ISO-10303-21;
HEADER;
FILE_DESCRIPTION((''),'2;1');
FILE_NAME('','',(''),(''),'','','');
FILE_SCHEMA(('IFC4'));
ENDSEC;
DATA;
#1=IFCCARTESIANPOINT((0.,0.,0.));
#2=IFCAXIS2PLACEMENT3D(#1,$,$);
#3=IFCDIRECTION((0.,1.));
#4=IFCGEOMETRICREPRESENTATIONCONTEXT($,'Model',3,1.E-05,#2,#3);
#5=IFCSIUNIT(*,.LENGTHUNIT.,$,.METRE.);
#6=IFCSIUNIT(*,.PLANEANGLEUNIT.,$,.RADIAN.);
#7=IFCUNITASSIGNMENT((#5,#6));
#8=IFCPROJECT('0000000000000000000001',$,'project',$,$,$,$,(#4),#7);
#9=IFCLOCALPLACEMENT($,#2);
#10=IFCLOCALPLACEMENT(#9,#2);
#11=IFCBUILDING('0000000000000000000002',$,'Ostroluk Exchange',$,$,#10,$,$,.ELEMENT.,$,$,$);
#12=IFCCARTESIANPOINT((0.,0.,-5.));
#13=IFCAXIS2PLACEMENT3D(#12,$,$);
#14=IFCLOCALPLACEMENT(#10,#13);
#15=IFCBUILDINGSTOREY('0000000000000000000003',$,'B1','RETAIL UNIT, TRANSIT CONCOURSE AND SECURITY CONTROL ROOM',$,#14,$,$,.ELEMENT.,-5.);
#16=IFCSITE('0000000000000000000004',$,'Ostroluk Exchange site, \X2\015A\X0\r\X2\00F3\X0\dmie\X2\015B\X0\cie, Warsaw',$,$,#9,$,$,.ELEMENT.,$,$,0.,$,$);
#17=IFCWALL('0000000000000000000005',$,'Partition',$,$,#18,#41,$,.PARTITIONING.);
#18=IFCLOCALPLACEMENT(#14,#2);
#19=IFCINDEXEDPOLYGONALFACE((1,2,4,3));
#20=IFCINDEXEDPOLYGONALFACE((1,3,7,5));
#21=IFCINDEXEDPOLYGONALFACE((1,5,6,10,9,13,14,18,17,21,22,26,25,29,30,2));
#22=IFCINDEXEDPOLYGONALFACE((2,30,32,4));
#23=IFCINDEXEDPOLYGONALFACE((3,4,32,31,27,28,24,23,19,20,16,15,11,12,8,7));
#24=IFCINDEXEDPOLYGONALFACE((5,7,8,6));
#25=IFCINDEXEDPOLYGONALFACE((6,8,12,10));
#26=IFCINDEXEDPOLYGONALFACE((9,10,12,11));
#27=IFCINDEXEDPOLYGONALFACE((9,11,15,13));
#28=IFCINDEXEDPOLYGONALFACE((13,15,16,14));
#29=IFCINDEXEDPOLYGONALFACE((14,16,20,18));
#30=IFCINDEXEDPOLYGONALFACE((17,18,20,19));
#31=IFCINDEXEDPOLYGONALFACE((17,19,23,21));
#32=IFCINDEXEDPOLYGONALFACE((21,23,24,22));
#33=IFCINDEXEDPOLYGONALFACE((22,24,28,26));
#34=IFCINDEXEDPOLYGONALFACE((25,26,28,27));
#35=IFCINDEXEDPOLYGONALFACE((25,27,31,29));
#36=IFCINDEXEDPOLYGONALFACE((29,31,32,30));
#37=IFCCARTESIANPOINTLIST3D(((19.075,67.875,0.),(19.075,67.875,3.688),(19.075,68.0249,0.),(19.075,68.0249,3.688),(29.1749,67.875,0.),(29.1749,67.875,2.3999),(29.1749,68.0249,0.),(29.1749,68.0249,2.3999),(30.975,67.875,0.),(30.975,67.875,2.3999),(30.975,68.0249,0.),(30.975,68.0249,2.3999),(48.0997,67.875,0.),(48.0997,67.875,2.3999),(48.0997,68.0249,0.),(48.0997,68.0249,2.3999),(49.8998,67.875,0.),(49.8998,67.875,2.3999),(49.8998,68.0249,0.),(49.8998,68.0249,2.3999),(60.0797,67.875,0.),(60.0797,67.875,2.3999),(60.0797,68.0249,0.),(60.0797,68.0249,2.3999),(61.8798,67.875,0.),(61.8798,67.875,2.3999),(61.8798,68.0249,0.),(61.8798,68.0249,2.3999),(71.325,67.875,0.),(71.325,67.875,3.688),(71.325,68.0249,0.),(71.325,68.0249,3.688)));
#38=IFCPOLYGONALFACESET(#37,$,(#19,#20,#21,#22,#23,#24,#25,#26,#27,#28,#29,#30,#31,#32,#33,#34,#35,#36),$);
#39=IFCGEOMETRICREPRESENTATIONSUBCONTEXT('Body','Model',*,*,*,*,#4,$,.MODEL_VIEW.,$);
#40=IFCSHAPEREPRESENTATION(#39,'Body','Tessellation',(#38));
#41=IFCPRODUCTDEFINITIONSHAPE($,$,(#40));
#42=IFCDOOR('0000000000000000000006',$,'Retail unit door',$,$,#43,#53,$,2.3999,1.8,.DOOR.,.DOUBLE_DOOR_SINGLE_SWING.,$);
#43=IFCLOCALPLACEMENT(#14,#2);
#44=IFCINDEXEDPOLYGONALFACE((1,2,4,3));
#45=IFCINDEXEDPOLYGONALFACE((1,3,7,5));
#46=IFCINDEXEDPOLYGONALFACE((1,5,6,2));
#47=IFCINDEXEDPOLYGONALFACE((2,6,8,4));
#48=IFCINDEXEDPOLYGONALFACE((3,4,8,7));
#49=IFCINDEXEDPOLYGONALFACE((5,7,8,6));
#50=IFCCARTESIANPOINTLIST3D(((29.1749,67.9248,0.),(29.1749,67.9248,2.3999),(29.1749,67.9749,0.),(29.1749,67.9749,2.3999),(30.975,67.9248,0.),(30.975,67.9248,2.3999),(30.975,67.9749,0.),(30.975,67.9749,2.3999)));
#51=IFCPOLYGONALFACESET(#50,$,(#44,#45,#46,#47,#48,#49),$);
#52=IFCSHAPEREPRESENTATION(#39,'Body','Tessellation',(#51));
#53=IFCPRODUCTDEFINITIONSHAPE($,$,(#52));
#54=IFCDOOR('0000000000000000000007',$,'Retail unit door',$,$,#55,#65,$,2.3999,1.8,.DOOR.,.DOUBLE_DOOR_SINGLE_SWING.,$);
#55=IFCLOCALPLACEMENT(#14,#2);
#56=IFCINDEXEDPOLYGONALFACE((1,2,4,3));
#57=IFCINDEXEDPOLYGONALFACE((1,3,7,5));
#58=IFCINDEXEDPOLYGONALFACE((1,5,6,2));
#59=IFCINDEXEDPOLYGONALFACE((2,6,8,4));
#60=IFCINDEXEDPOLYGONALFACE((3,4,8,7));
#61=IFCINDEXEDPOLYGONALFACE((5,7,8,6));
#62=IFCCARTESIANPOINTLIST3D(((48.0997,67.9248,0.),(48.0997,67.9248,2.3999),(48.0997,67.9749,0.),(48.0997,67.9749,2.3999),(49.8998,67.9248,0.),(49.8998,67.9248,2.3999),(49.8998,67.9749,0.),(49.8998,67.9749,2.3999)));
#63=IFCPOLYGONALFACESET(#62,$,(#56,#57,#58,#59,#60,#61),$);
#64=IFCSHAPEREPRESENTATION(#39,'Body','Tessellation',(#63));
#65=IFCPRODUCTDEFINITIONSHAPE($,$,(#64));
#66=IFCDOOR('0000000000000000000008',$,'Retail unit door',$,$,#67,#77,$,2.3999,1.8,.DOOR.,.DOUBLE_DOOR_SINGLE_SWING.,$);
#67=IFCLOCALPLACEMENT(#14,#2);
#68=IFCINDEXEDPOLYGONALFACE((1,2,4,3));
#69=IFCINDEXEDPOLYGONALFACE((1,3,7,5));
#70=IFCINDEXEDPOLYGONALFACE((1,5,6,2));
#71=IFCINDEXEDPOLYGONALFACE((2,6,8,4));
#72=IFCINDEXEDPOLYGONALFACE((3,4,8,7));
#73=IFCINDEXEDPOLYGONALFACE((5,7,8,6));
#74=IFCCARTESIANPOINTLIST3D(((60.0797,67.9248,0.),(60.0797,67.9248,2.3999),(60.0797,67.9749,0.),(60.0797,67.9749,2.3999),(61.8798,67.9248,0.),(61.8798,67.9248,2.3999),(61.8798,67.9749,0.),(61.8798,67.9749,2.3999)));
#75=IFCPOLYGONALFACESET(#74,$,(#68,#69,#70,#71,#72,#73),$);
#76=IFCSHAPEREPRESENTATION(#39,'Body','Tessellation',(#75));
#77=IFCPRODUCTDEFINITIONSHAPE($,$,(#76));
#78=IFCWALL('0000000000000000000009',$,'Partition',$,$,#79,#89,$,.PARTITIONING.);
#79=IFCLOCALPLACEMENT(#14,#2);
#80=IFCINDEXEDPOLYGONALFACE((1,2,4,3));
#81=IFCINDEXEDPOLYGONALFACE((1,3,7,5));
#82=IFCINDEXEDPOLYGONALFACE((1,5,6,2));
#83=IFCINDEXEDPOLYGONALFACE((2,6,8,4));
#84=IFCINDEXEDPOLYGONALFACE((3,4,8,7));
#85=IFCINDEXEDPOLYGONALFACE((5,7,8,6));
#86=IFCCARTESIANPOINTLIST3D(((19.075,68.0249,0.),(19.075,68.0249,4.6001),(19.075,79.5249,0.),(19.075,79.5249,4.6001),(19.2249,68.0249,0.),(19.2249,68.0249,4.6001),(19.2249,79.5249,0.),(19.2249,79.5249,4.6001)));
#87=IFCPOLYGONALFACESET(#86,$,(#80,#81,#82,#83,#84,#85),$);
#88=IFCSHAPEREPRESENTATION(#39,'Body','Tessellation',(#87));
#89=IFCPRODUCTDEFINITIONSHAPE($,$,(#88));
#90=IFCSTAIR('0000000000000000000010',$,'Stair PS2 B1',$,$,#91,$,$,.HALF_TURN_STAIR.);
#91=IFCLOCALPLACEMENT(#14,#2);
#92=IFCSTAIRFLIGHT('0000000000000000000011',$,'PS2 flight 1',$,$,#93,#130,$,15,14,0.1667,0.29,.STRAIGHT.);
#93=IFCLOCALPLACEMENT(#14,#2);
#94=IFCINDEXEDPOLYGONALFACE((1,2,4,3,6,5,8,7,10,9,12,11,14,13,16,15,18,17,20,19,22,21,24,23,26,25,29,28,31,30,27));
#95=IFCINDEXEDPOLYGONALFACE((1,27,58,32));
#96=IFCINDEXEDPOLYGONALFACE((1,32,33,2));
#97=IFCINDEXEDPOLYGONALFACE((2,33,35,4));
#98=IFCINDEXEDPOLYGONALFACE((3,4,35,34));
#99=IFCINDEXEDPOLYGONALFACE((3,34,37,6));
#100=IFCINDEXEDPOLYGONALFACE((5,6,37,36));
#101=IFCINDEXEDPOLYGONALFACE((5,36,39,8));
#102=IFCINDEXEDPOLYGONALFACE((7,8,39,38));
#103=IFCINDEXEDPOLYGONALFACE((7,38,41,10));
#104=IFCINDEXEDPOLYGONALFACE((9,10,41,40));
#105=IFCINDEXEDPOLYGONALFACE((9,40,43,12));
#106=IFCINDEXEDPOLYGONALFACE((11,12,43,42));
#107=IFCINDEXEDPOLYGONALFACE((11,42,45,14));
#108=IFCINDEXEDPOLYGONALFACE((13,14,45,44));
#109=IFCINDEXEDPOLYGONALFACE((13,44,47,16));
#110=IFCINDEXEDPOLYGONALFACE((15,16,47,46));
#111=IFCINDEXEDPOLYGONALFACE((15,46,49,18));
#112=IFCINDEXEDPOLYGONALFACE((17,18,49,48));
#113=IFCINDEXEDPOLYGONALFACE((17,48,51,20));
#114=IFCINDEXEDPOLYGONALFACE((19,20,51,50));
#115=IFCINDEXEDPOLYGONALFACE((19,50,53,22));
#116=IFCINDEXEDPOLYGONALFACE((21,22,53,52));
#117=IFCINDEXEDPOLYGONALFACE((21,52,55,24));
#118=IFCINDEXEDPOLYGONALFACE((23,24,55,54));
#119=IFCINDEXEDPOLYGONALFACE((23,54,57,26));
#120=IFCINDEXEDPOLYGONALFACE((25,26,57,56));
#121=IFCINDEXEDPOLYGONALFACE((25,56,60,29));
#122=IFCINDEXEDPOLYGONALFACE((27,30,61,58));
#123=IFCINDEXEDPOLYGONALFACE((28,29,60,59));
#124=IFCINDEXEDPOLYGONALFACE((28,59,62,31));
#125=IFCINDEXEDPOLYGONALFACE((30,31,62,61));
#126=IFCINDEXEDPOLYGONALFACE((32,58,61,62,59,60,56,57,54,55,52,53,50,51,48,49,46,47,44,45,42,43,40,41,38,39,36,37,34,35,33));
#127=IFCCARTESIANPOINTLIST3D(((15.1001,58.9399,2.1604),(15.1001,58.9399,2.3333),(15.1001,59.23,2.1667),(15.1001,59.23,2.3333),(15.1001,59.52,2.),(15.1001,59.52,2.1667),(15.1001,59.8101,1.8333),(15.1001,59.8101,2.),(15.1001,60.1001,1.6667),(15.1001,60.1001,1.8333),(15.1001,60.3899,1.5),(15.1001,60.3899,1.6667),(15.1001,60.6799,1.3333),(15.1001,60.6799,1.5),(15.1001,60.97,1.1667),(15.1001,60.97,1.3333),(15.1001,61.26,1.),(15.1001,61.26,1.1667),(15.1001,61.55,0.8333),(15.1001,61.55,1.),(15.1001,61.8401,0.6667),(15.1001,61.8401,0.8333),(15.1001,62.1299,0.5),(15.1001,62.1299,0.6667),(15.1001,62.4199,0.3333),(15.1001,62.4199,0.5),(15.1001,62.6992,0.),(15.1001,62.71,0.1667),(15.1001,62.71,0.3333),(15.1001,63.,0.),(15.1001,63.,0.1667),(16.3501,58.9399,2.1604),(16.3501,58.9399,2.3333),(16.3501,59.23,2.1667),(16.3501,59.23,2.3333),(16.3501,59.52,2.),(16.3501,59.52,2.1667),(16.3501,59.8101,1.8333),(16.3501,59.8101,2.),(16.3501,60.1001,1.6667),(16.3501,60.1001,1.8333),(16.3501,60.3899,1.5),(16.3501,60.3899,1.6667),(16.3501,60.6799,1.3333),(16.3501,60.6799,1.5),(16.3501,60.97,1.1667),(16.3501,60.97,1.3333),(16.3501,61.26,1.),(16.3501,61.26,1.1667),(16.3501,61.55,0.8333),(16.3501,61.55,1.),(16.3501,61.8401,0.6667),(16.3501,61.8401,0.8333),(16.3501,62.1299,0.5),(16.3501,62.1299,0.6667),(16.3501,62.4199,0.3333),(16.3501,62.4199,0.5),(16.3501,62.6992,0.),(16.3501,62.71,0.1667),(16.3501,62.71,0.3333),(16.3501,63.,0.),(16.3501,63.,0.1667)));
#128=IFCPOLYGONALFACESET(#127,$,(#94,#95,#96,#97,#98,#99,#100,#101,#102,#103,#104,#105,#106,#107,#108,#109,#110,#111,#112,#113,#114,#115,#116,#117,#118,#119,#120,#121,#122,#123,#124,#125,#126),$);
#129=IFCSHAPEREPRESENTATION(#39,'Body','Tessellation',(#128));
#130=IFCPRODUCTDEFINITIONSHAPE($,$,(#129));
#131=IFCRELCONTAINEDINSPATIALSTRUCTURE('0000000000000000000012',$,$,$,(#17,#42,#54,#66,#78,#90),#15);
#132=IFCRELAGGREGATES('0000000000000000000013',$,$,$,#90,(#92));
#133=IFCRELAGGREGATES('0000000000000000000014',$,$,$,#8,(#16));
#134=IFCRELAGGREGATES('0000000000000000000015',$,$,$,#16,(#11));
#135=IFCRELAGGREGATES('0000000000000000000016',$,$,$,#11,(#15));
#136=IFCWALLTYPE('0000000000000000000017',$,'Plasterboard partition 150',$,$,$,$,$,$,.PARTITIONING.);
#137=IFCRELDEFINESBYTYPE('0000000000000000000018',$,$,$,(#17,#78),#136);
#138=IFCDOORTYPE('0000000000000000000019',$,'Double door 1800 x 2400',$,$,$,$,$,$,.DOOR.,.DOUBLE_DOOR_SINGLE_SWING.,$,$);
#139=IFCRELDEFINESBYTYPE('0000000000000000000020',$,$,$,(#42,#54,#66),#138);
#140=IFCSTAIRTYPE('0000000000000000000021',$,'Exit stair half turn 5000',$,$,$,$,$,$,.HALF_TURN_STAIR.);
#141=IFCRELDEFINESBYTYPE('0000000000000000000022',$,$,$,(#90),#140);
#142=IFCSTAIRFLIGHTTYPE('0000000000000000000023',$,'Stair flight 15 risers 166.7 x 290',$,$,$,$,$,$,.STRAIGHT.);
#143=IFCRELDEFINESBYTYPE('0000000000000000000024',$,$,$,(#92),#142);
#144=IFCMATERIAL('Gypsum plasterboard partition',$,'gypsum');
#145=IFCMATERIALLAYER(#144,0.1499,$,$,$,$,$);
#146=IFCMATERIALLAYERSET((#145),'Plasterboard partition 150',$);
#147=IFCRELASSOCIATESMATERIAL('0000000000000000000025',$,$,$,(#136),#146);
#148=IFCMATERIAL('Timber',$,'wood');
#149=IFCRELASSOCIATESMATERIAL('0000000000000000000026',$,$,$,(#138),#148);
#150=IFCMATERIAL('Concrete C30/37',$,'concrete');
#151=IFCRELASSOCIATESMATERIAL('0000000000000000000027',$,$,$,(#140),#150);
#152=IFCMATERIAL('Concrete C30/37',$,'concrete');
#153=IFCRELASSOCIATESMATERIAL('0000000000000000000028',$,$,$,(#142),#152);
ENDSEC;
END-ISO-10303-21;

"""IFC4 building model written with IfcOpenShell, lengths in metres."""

from ifc_helpers import new_model, si_unit, direction, frame, frame_2d, origin, place, context, subcontext, project, spatial, polyline, rectangle, outline, extrude, material, layer, layer_set, type_object, element, fill, aggregate, save


model = new_model("IFC4")

# Units and contexts
model_context = context("Model", 3, precision=1e-05, world=origin(), true_north=direction((0.0, 1.0)))
body_context = subcontext(model_context, "Body", "Model", "MODEL_VIEW")
ifc_project = project(units=[si_unit("LENGTHUNIT", "METRE"), si_unit("PLANEANGLEUNIT", "RADIAN")], contexts=[model_context])

# Site, building, storey
site_placement = place(None, origin())
site = spatial("IfcSite", under=ifc_project, at=site_placement, Name="Ostroluk Exchange site, Śródmieście, Warsaw", CompositionType="ELEMENT", RefElevation=0.0)
building_placement = place(site_placement, origin())
building = spatial("IfcBuilding", under=site, at=building_placement, Name="Ostroluk Exchange", CompositionType="ELEMENT")
storey_placement = place(building_placement, frame((0.0, 0.0, -5.0)))
storey = spatial("IfcBuildingStorey", under=building, at=storey_placement, Name="B1", Description="RETAIL UNIT, TRANSIT CONCOURSE AND SECURITY CONTROL ROOM", CompositionType="ELEMENT", Elevation=-5.0)

# Shared definitions
ifc_material_1 = material(Name="Gypsum plasterboard partition", Category="gypsum")
ifc_layer_1 = layer(ifc_material_1, 0.1499)
ifc_layer_set_1 = layer_set([ifc_layer_1], Name="Plasterboard partition 150")
wall_type_1 = type_object("IfcWallType", Name="Plasterboard partition 150", PredefinedType="PARTITIONING", material=ifc_layer_set_1)

# Wall, openings, doors
wall_1_placement = place(storey_placement, frame((19.075, 67.95, 0.0), z_axis=(0.0, 0.0, 1.0), x_axis=(1.0, 0.0, 0.0)))
wall_1 = element("IfcWall", 1, at=wall_1_placement, inside=storey, type_object=wall_type_1, Name="Partition", PredefinedType="PARTITIONING", context=body_context, shape_type="SweptSolid", body=[
    extrude(rectangle(XDim=52.25, YDim=0.1499, at=frame_2d((26.125, 0.0))), origin(), (0.0, 0.0, 1.0), 3.688),
])
opening_1_placement = place(wall_1_placement, frame((10.1001, 0.0, 0.0)))
opening_1 = element("IfcOpeningElement", 2, at=opening_1_placement, cuts=wall_1, PredefinedType="OPENING", context=body_context, shape_type="SweptSolid", body=[
    extrude(rectangle(XDim=1.8, YDim=2.3999, at=frame_2d((0.8999, 1.2))), frame((0.0, 0.085, 0.0), z_axis=(0.0, -1.0, 0.0), x_axis=(1.0, 0.0, 0.0)), (0.0, 0.0, 1.0), 0.1699),
])
opening_2_placement = place(wall_1_placement, frame((29.0249, 0.0, 0.0)))
opening_2 = element("IfcOpeningElement", 3, at=opening_2_placement, cuts=wall_1, PredefinedType="OPENING", context=body_context, shape_type="SweptSolid", body=[
    extrude(rectangle(XDim=1.8, YDim=2.3999, at=frame_2d((0.8999, 1.2))), frame((0.0, 0.085, 0.0), z_axis=(0.0, -1.0, 0.0), x_axis=(1.0, 0.0, 0.0)), (0.0, 0.0, 1.0), 0.1699),
])
opening_3_placement = place(wall_1_placement, frame((41.0049, 0.0, 0.0)))
opening_3 = element("IfcOpeningElement", 4, at=opening_3_placement, cuts=wall_1, PredefinedType="OPENING", context=body_context, shape_type="SweptSolid", body=[
    extrude(rectangle(XDim=1.8, YDim=2.3999, at=frame_2d((0.8999, 1.2))), frame((0.0, 0.085, 0.0), z_axis=(0.0, -1.0, 0.0), x_axis=(1.0, 0.0, 0.0)), (0.0, 0.0, 1.0), 0.1699),
])
ifc_material_2 = material(Name="Timber", Category="wood")
door_type_1 = type_object("IfcDoorType", Name="Double door 1800 x 2400", OperationType="DOUBLE_DOOR_SINGLE_SWING", PredefinedType="DOOR", material=ifc_material_2)
door_1_placement = place(opening_1_placement, origin())
door_1 = element("IfcDoor", 5, at=door_1_placement, inside=storey, type_object=door_type_1, Name="Retail unit door", OperationType="DOUBLE_DOOR_SINGLE_SWING", OverallHeight=2.3999, OverallWidth=1.8, PredefinedType="DOOR", context=body_context, shape_type="SweptSolid", body=[
    extrude(rectangle(XDim=1.8, YDim=2.3999, at=frame_2d((0.8999, 1.2))), frame((0.0, 0.0249, 0.0), z_axis=(0.0, -1.0, 0.0), x_axis=(1.0, 0.0, 0.0)), (0.0, 0.0, 1.0), 0.05),
])
fill(opening_1, door_1)
door_2_placement = place(opening_2_placement, origin())
door_2 = element("IfcDoor", 6, at=door_2_placement, inside=storey, type_object=door_type_1, Name="Retail unit door", OperationType="DOUBLE_DOOR_SINGLE_SWING", OverallHeight=2.3999, OverallWidth=1.8, PredefinedType="DOOR", context=body_context, shape_type="SweptSolid", body=[
    extrude(rectangle(XDim=1.8, YDim=2.3999, at=frame_2d((0.8999, 1.2))), frame((0.0, 0.0249, 0.0), z_axis=(0.0, -1.0, 0.0), x_axis=(1.0, 0.0, 0.0)), (0.0, 0.0, 1.0), 0.05),
])
fill(opening_2, door_2)
door_3_placement = place(opening_3_placement, origin())
door_3 = element("IfcDoor", 7, at=door_3_placement, inside=storey, type_object=door_type_1, Name="Retail unit door", OperationType="DOUBLE_DOOR_SINGLE_SWING", OverallHeight=2.3999, OverallWidth=1.8, PredefinedType="DOOR", context=body_context, shape_type="SweptSolid", body=[
    extrude(rectangle(XDim=1.8, YDim=2.3999, at=frame_2d((0.8999, 1.2))), frame((0.0, 0.0249, 0.0), z_axis=(0.0, -1.0, 0.0), x_axis=(1.0, 0.0, 0.0)), (0.0, 0.0, 1.0), 0.05),
])
fill(opening_3, door_3)

# Wall
wall_2_placement = place(storey_placement, frame((19.1499, 68.0249, 0.0), z_axis=(0.0, 0.0, 1.0), x_axis=(0.0, 1.0, 0.0)))
element("IfcWall", 8, at=wall_2_placement, inside=storey, type_object=wall_type_1, Name="Partition", PredefinedType="PARTITIONING", context=body_context, shape_type="SweptSolid", body=[
    extrude(rectangle(XDim=11.5, YDim=0.1499, at=frame_2d((5.75, 0.0))), origin(), (0.0, 0.0, 1.0), 4.6001),
])

# Stair, stair flight
ifc_material_3 = material(Name="Concrete C30/37", Category="concrete")
stair_type = type_object("IfcStairType", Name="Exit stair half turn 5000", PredefinedType="HALF_TURN_STAIR", material=ifc_material_3)
stair_placement = place(storey_placement, origin())
stair = element("IfcStair", 9, at=stair_placement, inside=storey, type_object=stair_type, Name="Stair PS2 B1", PredefinedType="HALF_TURN_STAIR")
ifc_material_4 = material(Name="Concrete C30/37", Category="concrete")
stair_flight_type = type_object("IfcStairFlightType", Name="Stair flight 15 risers 166.7 x 290", PredefinedType="STRAIGHT", material=ifc_material_4)
stair_flight_placement = place(storey_placement, frame((15.7251, 63.0, 0.0), z_axis=(0.0, 0.0, 1.0), x_axis=(0.0, -1.0, 0.0)))
stair_flight = element("IfcStairFlight", 10, at=stair_flight_placement, type_object=stair_flight_type, Name="PS2 flight 1", NumberOfRisers=15, NumberOfTreads=14, PredefinedType="STRAIGHT", RiserHeight=0.1667, TreadLength=0.29, context=body_context, shape_type="SweptSolid", body=[
    extrude(outline(polyline([(0.0, 0.0), (0.0, 0.1667), (0.29, 0.1667), (0.29, 0.3333), (0.5801, 0.3333), (0.5801, 0.5), (0.8701, 0.5), (0.8701, 0.6667), (1.1599, 0.6667), (1.1599, 0.8333), (1.45, 0.8333), (1.45, 1.0), (1.74, 1.0), (1.74, 1.1667), (2.03, 1.1667), (2.03, 1.3333), (2.3201, 1.3333), (2.3201, 1.5), (2.6101, 1.5), (2.6101, 1.6667), (2.8999, 1.6667), (2.8999, 1.8333), (3.1899, 1.8333), (3.1899, 2.0), (3.48, 2.0), (3.48, 2.1667), (3.77, 2.1667), (3.77, 2.3333), (4.0601, 2.3333), (4.0601, 2.5), (4.0601, 2.1604), (0.3008, 0.0), (0.0, 0.0)])), frame((0.0, 0.625, 0.0), z_axis=(0.0, -1.0, 0.0), x_axis=(1.0, 0.0, 0.0)), (0.0, 0.0, 1.0), 1.25),
])
aggregate(stair, [stair_flight])

save(model, "model.ifc")
